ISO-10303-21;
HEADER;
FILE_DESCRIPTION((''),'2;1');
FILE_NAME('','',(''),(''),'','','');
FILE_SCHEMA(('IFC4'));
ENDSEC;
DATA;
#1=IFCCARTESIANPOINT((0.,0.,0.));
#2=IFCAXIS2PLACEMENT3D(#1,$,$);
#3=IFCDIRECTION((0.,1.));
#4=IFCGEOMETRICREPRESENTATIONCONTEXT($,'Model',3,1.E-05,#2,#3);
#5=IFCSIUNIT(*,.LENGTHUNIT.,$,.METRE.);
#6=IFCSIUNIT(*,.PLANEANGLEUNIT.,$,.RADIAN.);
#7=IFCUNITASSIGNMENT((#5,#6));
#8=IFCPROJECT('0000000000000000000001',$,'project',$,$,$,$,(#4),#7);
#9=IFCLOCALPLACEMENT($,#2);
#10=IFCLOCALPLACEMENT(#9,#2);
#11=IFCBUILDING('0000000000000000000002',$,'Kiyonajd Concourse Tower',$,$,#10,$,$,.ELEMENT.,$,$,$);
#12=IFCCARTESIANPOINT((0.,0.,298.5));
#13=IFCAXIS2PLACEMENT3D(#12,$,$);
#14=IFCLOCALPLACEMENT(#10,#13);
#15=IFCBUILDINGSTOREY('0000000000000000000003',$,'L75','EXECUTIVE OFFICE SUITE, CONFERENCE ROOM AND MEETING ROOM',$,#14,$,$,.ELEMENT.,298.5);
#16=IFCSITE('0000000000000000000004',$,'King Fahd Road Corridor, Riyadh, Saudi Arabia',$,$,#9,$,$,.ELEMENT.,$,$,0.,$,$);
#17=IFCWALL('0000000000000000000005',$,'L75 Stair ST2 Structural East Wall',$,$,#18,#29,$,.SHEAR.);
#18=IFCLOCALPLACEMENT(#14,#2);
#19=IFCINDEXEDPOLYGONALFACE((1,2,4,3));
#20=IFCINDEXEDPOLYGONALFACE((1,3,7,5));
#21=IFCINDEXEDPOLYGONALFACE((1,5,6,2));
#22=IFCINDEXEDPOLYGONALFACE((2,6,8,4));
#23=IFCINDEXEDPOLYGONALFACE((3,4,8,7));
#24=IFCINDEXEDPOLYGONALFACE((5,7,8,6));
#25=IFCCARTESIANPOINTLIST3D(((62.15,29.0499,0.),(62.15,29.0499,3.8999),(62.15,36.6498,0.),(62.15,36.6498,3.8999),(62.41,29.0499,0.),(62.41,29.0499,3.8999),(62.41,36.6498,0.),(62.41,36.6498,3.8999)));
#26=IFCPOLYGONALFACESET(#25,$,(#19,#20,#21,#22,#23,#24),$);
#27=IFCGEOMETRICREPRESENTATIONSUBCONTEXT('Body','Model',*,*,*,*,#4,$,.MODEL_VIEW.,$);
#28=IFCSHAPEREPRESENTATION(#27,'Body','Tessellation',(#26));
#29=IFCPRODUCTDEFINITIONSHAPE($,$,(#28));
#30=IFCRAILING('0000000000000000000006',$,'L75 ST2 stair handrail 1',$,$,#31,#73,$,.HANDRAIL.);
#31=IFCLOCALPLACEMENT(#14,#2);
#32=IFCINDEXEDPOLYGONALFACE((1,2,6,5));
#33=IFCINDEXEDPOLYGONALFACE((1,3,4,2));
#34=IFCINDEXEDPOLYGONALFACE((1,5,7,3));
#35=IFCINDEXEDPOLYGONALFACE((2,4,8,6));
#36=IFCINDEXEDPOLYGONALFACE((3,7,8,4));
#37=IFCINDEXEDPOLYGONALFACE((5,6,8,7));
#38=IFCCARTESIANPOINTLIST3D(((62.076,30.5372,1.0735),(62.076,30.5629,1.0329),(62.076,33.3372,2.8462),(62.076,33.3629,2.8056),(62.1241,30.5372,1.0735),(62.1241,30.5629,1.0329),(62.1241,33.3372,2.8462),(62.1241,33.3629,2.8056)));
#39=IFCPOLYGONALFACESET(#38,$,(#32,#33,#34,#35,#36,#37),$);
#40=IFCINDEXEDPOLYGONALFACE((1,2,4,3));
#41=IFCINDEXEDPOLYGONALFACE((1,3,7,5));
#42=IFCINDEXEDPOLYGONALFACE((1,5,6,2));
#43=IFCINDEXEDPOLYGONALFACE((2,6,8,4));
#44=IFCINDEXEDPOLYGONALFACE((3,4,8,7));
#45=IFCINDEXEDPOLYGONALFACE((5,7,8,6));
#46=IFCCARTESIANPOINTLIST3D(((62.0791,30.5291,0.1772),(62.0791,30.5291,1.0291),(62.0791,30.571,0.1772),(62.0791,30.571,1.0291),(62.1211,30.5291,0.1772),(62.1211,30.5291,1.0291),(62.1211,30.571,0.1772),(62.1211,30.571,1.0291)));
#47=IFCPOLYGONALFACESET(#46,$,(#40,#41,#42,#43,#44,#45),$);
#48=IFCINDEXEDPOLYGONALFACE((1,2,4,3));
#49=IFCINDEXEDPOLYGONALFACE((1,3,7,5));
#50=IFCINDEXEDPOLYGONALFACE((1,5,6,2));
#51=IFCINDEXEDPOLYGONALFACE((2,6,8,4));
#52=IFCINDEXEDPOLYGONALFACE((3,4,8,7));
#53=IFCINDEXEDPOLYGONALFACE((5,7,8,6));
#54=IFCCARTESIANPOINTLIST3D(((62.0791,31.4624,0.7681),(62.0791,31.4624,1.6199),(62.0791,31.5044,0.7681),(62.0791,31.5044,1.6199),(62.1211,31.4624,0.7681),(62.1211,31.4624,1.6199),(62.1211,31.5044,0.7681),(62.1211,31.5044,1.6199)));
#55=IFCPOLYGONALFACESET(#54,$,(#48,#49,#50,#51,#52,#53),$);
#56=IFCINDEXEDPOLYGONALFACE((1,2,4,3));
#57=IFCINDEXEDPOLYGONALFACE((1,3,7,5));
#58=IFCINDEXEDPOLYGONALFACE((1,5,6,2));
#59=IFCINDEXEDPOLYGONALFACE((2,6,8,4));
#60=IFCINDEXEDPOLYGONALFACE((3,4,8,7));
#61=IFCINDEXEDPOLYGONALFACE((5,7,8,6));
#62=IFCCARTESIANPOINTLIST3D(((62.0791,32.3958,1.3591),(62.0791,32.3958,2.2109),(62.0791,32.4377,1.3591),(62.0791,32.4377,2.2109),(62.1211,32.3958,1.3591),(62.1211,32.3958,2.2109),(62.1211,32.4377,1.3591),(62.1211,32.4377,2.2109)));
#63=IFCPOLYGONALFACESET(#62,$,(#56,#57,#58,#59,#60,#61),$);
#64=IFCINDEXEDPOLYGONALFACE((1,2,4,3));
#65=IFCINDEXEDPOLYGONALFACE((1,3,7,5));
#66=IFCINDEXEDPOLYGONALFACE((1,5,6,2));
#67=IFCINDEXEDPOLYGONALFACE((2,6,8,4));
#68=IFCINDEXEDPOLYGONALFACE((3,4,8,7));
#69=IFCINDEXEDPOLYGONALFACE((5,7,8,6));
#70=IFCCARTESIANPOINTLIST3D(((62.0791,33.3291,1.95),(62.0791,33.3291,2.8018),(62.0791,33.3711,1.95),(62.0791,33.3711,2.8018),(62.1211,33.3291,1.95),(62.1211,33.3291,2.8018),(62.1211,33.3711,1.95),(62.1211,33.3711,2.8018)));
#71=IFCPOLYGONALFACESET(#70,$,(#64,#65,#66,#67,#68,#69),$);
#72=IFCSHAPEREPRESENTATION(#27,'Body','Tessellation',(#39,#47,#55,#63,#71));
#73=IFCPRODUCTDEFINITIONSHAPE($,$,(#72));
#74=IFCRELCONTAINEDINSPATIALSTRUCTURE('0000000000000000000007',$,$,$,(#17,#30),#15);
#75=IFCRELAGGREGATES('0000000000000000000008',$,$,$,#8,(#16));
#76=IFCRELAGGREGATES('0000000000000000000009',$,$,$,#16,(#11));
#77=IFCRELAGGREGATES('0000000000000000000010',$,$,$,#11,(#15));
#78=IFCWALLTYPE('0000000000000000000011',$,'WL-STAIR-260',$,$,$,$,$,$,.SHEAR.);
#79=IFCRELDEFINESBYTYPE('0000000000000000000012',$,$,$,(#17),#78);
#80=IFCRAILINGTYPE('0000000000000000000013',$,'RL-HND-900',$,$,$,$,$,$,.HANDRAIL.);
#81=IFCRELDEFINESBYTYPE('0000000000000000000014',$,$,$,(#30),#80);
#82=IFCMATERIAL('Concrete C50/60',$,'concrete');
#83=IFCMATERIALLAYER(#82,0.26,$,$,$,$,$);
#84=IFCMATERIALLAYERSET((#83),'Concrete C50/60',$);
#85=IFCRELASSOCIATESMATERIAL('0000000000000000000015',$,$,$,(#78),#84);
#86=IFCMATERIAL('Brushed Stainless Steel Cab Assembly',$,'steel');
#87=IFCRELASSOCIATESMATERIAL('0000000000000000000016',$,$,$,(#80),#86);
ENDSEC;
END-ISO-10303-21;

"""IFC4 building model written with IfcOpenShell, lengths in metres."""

from ifc_helpers import new_model, si_unit, direction, frame, frame_2d, origin, origin_2d, place, context, subcontext, project, spatial, rectangle, extrude, material, layer, layer_set, type_object, element, save


model = new_model("IFC4")

# Units and contexts
model_context = context("Model", 3, precision=1e-05, world=origin(), true_north=direction((0.0, 1.0)))
body_context = subcontext(model_context, "Body", "Model", "MODEL_VIEW")
ifc_project = project(units=[si_unit("LENGTHUNIT", "METRE"), si_unit("PLANEANGLEUNIT", "RADIAN")], contexts=[model_context])

# Site, building, storey
site_placement = place(None, origin())
site = spatial("IfcSite", under=ifc_project, at=site_placement, Name="King Fahd Road Corridor, Riyadh, Saudi Arabia", CompositionType="ELEMENT", RefElevation=0.0)
building_placement = place(site_placement, origin())
building = spatial("IfcBuilding", under=site, at=building_placement, Name="Kiyonajd Concourse Tower", CompositionType="ELEMENT")
storey_placement = place(building_placement, frame((0.0, 0.0, 298.5)))
storey = spatial("IfcBuildingStorey", under=building, at=storey_placement, Name="L75", Description="EXECUTIVE OFFICE SUITE, CONFERENCE ROOM AND MEETING ROOM", CompositionType="ELEMENT", Elevation=298.5)

# Wall
ifc_material_1 = material(Name="Concrete C50/60", Category="concrete")
ifc_layer_1 = layer(ifc_material_1, 0.26)
ifc_layer_set_1 = layer_set([ifc_layer_1], Name="Concrete C50/60")
wall_type_1 = type_object("IfcWallType", Name="WL-STAIR-260", PredefinedType="SHEAR", material=ifc_layer_set_1)
wall_1_placement = place(storey_placement, frame((62.28, 29.05, 0.0), z_axis=(0.0, 0.0, 1.0), x_axis=(0.0, 1.0, 0.0)))
element("IfcWall", 1, at=wall_1_placement, inside=storey, type_object=wall_type_1, Name="L75 Stair ST2 Structural East Wall", PredefinedType="SHEAR", context=body_context, shape_type="SweptSolid", body=[
    extrude(rectangle(XDim=7.5999, YDim=0.26, at=frame_2d((3.7998, 0.0))), origin(), (0.0, 0.0, 1.0), 3.8999),
])

# Railing
ifc_material_2 = material(Name="Brushed Stainless Steel Cab Assembly", Category="steel")
railing_type = type_object("IfcRailingType", Name="RL-HND-900", PredefinedType="HANDRAIL", material=ifc_material_2)
railing_placement = place(storey_placement, frame((62.1001, 30.55, 0.1772)))
element("IfcRailing", 2, at=railing_placement, inside=storey, type_object=railing_type, Name="L75 ST2 stair handrail 1", PredefinedType="HANDRAIL", context=body_context, shape_type="SweptSolid", body=[
    extrude(rectangle(XDim=0.0481, YDim=0.0481, at=origin_2d()), frame((0.0, 0.0, 0.876), z_axis=(0.0, 0.844909, 0.53491), x_axis=(-1.0, 0.0, 0.0)), (0.0, 0.0, 1.0), 3.314),
    extrude(rectangle(XDim=0.042, YDim=0.042, at=origin_2d()), origin(), (0.0, 0.0, 1.0), 0.8518),
    extrude(rectangle(XDim=0.042, YDim=0.042, at=origin_2d()), frame((0.0, 0.9333, 0.5908)), (0.0, 0.0, 1.0), 0.8518),
    extrude(rectangle(XDim=0.042, YDim=0.042, at=origin_2d()), frame((0.0, 1.8667, 1.1819)), (0.0, 0.0, 1.0), 0.8518),
    extrude(rectangle(XDim=0.042, YDim=0.042, at=origin_2d()), frame((0.0, 2.8, 1.7727)), (0.0, 0.0, 1.0), 0.8518),
])

save(model, "model.ifc")
